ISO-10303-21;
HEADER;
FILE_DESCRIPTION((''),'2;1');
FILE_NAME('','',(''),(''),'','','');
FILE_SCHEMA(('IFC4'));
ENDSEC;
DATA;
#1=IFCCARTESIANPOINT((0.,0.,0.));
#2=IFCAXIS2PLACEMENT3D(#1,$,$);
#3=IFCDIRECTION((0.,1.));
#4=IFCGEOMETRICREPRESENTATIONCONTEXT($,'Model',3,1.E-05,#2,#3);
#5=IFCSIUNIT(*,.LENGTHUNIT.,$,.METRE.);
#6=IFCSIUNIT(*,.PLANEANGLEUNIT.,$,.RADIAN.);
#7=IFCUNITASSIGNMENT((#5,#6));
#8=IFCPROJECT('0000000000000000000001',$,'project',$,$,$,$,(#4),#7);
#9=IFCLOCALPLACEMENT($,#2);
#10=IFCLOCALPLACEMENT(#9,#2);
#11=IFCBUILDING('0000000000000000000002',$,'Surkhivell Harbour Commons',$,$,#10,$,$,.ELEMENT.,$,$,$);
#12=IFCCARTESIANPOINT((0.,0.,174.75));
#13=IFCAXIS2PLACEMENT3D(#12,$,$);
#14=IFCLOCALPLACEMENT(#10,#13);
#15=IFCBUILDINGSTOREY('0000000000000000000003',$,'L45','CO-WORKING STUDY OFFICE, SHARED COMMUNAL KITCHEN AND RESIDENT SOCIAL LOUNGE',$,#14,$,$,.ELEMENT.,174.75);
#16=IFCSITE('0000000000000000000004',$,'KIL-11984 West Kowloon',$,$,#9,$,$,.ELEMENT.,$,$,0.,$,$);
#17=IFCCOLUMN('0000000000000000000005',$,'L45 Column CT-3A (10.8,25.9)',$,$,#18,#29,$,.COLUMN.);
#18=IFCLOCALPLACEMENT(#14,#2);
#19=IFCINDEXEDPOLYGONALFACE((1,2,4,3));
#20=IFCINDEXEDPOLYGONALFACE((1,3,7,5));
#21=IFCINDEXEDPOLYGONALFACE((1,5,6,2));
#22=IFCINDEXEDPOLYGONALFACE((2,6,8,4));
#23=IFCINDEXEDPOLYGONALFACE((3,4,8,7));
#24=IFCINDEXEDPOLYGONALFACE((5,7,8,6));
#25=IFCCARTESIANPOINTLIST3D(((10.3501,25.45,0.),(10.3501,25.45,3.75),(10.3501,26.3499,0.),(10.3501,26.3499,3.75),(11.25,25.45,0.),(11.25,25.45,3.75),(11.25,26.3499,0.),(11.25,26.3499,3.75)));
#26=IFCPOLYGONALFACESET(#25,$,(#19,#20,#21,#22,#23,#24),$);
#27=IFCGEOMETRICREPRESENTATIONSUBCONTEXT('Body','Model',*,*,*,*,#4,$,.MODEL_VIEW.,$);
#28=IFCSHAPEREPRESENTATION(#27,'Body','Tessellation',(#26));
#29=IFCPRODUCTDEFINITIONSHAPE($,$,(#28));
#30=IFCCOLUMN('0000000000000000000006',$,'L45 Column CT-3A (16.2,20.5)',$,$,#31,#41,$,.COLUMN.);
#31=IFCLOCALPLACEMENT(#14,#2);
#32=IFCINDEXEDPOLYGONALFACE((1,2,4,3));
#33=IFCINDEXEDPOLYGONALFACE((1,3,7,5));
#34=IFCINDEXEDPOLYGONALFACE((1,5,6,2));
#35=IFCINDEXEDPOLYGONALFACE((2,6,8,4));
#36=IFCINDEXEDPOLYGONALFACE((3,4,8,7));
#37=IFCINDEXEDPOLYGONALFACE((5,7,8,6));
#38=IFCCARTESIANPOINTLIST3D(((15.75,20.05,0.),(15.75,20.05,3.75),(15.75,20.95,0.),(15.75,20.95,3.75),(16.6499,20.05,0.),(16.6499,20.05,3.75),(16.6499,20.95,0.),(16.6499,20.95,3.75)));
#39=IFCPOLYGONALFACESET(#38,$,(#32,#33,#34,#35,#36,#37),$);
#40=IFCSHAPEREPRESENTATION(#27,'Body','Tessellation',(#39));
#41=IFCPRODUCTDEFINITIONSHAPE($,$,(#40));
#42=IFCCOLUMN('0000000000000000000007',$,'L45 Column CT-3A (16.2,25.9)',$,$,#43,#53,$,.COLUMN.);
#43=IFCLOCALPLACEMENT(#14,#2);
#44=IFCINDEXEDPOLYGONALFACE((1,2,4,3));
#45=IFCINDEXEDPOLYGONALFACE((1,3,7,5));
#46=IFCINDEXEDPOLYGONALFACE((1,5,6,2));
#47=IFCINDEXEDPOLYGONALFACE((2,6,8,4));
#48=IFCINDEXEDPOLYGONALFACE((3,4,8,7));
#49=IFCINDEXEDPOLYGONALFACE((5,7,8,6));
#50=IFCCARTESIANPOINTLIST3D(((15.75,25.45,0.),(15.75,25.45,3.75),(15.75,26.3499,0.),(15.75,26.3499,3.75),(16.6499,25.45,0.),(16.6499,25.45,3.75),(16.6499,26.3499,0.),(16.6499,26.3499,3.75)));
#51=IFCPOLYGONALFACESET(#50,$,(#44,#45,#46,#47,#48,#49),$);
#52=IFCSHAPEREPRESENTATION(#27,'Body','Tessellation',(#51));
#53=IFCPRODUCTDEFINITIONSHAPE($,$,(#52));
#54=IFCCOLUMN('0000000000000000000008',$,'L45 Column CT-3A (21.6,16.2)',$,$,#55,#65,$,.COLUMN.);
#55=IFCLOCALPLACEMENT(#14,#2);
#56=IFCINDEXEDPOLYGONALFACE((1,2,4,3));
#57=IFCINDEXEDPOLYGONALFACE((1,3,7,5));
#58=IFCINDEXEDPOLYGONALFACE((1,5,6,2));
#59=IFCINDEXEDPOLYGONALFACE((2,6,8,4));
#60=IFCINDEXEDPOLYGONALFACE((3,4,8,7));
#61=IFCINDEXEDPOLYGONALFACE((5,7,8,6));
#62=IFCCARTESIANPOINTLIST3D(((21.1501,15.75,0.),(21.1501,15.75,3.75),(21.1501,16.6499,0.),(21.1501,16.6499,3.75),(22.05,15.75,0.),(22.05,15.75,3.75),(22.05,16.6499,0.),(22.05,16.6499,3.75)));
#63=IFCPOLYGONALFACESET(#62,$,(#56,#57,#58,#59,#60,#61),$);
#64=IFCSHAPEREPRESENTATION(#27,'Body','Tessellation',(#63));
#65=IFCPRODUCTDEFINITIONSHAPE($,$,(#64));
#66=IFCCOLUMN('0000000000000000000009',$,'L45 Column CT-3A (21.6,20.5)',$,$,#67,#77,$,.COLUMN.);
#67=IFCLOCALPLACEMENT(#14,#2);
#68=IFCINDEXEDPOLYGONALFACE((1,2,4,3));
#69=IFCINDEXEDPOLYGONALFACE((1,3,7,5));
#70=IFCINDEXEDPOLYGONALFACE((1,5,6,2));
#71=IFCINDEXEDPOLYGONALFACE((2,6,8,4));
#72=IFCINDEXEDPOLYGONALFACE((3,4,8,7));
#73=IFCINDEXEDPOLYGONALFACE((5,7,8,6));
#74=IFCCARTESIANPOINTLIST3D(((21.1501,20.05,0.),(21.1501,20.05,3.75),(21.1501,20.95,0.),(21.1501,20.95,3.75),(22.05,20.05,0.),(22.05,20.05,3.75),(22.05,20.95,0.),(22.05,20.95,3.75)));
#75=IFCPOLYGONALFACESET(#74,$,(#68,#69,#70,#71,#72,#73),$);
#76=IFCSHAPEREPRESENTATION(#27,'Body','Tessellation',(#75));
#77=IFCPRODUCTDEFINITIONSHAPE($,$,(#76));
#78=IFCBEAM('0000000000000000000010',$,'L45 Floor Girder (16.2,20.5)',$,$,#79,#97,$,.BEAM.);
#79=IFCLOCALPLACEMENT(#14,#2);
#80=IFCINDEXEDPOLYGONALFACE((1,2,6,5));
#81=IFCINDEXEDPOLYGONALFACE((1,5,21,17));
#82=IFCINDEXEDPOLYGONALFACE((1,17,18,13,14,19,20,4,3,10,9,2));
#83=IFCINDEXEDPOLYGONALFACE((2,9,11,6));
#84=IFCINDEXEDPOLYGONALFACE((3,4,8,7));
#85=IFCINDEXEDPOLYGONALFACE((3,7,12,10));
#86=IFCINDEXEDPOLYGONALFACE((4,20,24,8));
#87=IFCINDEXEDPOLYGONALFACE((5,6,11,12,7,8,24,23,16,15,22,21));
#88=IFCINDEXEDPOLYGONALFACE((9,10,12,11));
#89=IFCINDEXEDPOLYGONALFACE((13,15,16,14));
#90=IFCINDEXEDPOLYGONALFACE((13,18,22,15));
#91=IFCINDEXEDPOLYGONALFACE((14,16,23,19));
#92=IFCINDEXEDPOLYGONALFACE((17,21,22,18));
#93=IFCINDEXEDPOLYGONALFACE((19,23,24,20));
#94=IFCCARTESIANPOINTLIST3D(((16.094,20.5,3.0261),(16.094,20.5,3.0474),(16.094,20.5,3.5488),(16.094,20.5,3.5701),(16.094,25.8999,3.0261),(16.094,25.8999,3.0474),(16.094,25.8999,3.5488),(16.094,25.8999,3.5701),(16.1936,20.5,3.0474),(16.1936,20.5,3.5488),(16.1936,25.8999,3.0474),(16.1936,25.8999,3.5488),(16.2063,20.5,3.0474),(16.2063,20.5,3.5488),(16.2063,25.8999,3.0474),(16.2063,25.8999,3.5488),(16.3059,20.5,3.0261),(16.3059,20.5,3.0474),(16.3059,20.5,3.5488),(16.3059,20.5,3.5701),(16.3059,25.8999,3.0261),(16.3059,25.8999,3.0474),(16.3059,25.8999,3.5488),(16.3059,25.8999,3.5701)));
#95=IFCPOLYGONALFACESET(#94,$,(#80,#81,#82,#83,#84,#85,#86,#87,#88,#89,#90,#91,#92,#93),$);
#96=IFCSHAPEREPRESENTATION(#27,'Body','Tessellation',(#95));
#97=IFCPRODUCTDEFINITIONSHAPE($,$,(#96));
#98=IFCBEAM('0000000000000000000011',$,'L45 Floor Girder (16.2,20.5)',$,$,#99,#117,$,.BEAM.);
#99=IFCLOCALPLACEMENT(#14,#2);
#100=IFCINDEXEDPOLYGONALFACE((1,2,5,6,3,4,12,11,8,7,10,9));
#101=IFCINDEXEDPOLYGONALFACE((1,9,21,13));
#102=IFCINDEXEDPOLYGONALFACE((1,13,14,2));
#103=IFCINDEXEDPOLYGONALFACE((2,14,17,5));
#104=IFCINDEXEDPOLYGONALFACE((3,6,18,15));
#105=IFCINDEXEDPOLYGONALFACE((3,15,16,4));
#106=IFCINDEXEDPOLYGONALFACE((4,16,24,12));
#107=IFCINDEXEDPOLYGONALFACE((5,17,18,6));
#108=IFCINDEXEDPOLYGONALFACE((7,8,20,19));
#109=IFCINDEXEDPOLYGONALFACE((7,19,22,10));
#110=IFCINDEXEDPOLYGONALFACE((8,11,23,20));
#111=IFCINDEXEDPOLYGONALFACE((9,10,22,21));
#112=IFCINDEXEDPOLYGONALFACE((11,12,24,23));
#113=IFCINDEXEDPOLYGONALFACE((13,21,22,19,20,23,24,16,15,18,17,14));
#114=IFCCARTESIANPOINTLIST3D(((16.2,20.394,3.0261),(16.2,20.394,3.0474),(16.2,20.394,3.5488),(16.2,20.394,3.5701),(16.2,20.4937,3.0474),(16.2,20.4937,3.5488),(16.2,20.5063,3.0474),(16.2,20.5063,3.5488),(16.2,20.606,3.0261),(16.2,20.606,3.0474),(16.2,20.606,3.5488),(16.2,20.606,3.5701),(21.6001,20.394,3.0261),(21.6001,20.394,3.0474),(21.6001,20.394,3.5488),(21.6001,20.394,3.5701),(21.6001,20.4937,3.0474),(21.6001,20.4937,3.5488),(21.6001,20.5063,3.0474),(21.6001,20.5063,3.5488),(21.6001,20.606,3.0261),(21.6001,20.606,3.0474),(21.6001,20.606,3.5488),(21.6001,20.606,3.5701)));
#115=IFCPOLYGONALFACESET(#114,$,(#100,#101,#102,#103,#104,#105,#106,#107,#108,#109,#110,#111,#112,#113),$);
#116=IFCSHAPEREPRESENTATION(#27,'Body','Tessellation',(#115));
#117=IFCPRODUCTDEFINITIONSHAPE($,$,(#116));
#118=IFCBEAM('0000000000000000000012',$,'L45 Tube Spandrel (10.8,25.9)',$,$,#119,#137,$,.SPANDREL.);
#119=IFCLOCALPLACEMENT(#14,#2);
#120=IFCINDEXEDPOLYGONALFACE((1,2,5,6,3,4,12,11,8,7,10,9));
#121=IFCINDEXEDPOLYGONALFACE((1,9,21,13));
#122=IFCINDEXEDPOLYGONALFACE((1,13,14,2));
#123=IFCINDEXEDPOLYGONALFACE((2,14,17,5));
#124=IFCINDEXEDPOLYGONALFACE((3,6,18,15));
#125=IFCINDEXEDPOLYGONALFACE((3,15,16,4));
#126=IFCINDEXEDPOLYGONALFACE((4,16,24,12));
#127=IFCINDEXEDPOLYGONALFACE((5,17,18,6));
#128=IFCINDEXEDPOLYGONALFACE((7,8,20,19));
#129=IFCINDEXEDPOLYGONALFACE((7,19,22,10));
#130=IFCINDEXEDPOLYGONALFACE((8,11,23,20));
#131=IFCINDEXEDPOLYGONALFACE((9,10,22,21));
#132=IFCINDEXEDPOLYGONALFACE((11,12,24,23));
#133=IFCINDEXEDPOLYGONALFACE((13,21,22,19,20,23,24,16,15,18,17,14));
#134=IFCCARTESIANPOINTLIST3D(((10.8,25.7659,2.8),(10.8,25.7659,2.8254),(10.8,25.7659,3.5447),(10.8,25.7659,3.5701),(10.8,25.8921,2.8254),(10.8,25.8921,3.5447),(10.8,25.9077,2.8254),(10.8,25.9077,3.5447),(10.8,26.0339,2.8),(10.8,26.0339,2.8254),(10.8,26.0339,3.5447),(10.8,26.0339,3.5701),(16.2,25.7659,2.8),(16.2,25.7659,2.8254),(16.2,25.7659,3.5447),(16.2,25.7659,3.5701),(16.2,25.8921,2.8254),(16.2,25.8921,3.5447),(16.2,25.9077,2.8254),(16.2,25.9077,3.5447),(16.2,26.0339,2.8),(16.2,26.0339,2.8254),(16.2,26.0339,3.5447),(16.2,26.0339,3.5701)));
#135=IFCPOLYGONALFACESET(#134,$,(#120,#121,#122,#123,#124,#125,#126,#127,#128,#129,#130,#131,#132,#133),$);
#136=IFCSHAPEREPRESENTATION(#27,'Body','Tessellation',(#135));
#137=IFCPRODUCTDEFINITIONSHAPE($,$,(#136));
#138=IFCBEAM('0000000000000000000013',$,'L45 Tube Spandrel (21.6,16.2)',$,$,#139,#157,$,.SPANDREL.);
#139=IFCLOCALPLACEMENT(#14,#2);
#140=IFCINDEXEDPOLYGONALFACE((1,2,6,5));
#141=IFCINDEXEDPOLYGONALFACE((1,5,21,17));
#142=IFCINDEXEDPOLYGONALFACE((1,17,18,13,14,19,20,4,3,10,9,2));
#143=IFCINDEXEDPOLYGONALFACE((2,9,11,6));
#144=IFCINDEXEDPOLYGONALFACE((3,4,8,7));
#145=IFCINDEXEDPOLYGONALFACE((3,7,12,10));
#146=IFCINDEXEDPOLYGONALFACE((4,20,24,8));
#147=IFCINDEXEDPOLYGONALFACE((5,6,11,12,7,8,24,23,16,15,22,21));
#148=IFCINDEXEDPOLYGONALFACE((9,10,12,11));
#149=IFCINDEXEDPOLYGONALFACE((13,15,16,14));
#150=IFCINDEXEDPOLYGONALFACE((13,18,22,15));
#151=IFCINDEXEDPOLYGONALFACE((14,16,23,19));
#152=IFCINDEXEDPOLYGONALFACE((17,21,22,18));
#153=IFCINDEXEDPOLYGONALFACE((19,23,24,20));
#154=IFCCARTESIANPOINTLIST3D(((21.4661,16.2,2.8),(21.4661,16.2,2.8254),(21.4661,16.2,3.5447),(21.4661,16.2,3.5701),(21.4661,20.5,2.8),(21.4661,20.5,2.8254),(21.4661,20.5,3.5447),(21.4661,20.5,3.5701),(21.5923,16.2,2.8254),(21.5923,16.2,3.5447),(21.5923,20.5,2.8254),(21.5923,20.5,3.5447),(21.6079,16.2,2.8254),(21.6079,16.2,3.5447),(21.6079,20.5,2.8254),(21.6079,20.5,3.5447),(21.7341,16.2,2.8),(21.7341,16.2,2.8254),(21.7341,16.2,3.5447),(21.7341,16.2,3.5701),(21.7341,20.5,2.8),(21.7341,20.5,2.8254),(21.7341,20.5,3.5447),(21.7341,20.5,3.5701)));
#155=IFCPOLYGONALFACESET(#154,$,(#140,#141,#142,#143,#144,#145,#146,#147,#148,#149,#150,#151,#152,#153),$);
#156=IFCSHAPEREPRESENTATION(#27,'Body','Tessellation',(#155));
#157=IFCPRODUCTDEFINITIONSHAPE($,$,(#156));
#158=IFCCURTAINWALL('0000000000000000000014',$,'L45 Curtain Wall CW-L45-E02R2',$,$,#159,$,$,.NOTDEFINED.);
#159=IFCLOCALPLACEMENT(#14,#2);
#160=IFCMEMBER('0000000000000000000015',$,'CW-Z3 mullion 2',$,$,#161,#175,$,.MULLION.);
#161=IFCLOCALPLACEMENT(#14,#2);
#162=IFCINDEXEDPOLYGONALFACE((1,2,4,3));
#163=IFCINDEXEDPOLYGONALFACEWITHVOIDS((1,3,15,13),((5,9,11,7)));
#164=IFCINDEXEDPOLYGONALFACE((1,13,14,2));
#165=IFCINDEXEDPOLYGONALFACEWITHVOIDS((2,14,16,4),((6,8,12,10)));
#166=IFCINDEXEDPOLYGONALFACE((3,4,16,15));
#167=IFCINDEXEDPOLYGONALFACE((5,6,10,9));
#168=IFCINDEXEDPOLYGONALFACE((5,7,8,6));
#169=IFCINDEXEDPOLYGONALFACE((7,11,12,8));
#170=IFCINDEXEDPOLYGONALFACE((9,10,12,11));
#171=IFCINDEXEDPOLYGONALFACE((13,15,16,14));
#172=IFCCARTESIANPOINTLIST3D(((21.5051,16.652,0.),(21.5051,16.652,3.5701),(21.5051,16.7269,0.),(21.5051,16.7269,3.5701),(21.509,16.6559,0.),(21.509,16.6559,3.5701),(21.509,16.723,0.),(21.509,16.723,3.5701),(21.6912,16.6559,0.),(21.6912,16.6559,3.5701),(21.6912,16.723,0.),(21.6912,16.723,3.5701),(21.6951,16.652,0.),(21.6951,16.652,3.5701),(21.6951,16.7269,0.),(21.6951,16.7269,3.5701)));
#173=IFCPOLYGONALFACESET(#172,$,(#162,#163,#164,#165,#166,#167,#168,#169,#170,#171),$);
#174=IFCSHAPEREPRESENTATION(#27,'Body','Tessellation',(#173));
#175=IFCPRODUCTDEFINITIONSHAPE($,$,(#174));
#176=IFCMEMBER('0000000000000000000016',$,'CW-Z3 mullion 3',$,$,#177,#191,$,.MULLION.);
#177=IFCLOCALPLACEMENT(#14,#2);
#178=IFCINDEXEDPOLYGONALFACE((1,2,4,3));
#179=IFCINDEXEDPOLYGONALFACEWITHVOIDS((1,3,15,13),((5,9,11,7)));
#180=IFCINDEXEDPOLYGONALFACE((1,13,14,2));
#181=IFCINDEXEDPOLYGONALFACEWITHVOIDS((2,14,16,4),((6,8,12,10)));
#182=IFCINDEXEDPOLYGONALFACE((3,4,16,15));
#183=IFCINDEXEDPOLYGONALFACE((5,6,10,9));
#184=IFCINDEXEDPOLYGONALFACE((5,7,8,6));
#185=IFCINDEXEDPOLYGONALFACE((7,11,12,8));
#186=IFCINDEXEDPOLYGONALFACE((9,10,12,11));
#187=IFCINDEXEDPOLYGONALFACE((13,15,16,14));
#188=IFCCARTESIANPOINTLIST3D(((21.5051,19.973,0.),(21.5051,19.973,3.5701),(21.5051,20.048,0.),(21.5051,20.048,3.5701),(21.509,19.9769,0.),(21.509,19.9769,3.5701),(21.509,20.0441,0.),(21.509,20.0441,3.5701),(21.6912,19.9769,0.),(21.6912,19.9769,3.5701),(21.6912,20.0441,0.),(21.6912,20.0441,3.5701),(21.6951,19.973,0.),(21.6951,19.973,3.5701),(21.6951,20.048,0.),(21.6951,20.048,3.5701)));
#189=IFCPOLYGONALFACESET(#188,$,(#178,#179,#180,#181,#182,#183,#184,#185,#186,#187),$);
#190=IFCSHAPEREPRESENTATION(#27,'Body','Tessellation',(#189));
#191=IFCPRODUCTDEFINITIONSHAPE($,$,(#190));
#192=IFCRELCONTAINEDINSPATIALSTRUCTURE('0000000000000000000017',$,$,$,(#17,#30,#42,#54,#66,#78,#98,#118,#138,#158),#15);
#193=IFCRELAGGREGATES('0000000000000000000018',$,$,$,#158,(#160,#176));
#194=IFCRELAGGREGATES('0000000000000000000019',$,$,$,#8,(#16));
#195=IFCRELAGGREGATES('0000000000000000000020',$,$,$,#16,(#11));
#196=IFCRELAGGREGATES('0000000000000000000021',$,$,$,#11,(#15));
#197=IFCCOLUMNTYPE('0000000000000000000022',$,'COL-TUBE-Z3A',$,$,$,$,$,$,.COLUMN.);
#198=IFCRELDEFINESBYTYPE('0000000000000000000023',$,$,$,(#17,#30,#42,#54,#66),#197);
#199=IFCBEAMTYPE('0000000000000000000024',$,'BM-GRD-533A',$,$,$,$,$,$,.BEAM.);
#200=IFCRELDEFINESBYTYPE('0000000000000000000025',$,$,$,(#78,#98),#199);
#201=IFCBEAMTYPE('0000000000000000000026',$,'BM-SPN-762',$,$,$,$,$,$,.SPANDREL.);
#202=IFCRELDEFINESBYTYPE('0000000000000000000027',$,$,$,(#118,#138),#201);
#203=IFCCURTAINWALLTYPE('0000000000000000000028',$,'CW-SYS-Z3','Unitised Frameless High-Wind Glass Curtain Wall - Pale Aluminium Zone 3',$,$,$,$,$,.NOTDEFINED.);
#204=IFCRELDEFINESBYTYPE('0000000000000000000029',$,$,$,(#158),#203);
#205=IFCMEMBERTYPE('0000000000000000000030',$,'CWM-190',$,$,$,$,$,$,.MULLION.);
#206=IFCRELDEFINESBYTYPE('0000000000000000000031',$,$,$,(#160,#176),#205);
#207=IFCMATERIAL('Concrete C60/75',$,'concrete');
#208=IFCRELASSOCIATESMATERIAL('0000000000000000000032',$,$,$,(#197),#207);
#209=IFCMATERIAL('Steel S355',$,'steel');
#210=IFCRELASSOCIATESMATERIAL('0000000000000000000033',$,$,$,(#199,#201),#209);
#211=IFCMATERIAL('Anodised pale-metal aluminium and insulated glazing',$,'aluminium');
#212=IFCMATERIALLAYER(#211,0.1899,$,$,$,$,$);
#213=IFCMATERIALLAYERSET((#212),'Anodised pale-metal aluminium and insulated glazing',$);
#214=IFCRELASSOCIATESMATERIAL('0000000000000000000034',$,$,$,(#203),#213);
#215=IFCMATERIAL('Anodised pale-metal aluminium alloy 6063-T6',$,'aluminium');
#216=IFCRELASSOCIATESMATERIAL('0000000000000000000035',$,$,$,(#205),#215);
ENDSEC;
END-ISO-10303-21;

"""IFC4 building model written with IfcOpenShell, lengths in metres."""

from ifc_helpers import new_model, si_unit, direction, frame, origin, origin_2d, place, context, subcontext, project, spatial, rectangle, hollow_rectangle, i_section, extrude, material, layer, layer_set, material_profile, profile_set, type_object, element, aggregate, save


model = new_model("IFC4")

# Units and contexts
model_context = context("Model", 3, precision=1e-05, world=origin(), true_north=direction((0.0, 1.0)))
body_context = subcontext(model_context, "Body", "Model", "MODEL_VIEW")
ifc_project = project(units=[si_unit("LENGTHUNIT", "METRE"), si_unit("PLANEANGLEUNIT", "RADIAN")], contexts=[model_context])

# Site, building, storey
site_placement = place(None, origin())
site = spatial("IfcSite", under=ifc_project, at=site_placement, Name="KIL-11984 West Kowloon", CompositionType="ELEMENT", RefElevation=0.0)
building_placement = place(site_placement, origin())
building = spatial("IfcBuilding", under=site, at=building_placement, Name="Surkhivell Harbour Commons", CompositionType="ELEMENT")
storey_placement = place(building_placement, frame((0.0, 0.0, 174.75)))
storey = spatial("IfcBuildingStorey", under=building, at=storey_placement, Name="L45", Description="CO-WORKING STUDY OFFICE, SHARED COMMUNAL KITCHEN AND RESIDENT SOCIAL LOUNGE", CompositionType="ELEMENT", Elevation=174.75)

# Columns
ifc_material_1 = material(Name="Concrete C60/75", Category="concrete")
ifc_material_profile_1 = material_profile(ifc_material_1, rectangle(XDim=0.8999, YDim=0.8999, at=origin_2d()), Name="RC-COL-900x900")
ifc_profile_set_1 = profile_set([ifc_material_profile_1], Name="Concrete C60/75")
column_type = type_object("IfcColumnType", Name="COL-TUBE-Z3A", PredefinedType="COLUMN", material=ifc_profile_set_1)
for number, where, z_axis, x_axis, name in (
    (1, (10.8, 25.8999, 0.0), (0.0, 0.0, 1.0), (1.0, 0.0, 0.0), "L45 Column CT-3A (10.8,25.9)"),
    (2, (16.2, 20.5, 0.0), (0.0, 0.0, 1.0), (1.0, 0.0, 0.0), "L45 Column CT-3A (16.2,20.5)"),
    (3, (16.2, 25.8999, 0.0), (0.0, 0.0, 1.0), (1.0, 0.0, 0.0), "L45 Column CT-3A (16.2,25.9)"),
    (4, (21.6001, 16.2, 0.0), (0.0, 0.0, 1.0), (1.0, 0.0, 0.0), "L45 Column CT-3A (21.6,16.2)"),
    (5, (21.6001, 20.5, 0.0), (0.0, 0.0, 1.0), (1.0, 0.0, 0.0), "L45 Column CT-3A (21.6,20.5)"),
):
    element("IfcColumn", number, at=place(storey_placement, frame(where, z_axis=z_axis, x_axis=x_axis)), inside=storey, type_object=column_type, Name=name, PredefinedType="COLUMN", context=body_context, shape_type="SweptSolid", body=[
        extrude(rectangle(XDim=0.8999, YDim=0.8999, at=origin_2d()), origin(), (0.0, 0.0, 1.0), 3.75),
    ])

# Beams
ifc_material_2 = material(Name="Steel S355", Category="steel")
ifc_material_profile_2 = material_profile(ifc_material_2, i_section(OverallWidth=0.2119, OverallDepth=0.5439, WebThickness=0.0127, FlangeThickness=0.0212, at=origin_2d()), Name="UB533x210x122")
ifc_profile_set_2 = profile_set([ifc_material_profile_2], Name="Steel S355")
beam_type_1 = type_object("IfcBeamType", Name="BM-GRD-533A", PredefinedType="BEAM", material=ifc_profile_set_2)
beam_1_placement = place(storey_placement, frame((16.2, 20.5, 3.2981), z_axis=(0.0, 1.0, 0.0), x_axis=(-1.0, 0.0, 0.0)))
element("IfcBeam", 6, at=beam_1_placement, inside=storey, type_object=beam_type_1, Name="L45 Floor Girder (16.2,20.5)", PredefinedType="BEAM", context=body_context, shape_type="SweptSolid", body=[
    extrude(i_section(OverallWidth=0.2119, OverallDepth=0.5439, WebThickness=0.0127, FlangeThickness=0.0212, at=origin_2d()), origin(), (0.0, 0.0, 1.0), 5.3999),
])
beam_2_placement = place(storey_placement, frame((16.2, 20.5, 3.2981), z_axis=(1.0, 0.0, 0.0), x_axis=(0.0, 1.0, 0.0)))
element("IfcBeam", 7, at=beam_2_placement, inside=storey, type_object=beam_type_1, Name="L45 Floor Girder (16.2,20.5)", PredefinedType="BEAM", context=body_context, shape_type="SweptSolid", body=[
    extrude(i_section(OverallWidth=0.2119, OverallDepth=0.5439, WebThickness=0.0127, FlangeThickness=0.0212, at=origin_2d()), origin(), (0.0, 0.0, 1.0), 5.4001),
])
ifc_material_profile_3 = material_profile(ifc_material_2, i_section(OverallWidth=0.2681, OverallDepth=0.77, WebThickness=0.0156, FlangeThickness=0.0254, at=origin_2d()), Name="UB762x267x197")
ifc_profile_set_3 = profile_set([ifc_material_profile_3], Name="Steel S355")
beam_type_2 = type_object("IfcBeamType", Name="BM-SPN-762", PredefinedType="SPANDREL", material=ifc_profile_set_3)
beam_3_placement = place(storey_placement, frame((10.8, 25.8999, 3.1851), z_axis=(1.0, 0.0, 0.0), x_axis=(0.0, 1.0, 0.0)))
element("IfcBeam", 8, at=beam_3_placement, inside=storey, type_object=beam_type_2, Name="L45 Tube Spandrel (10.8,25.9)", PredefinedType="SPANDREL", context=body_context, shape_type="SweptSolid", body=[
    extrude(i_section(OverallWidth=0.2681, OverallDepth=0.77, WebThickness=0.0156, FlangeThickness=0.0254, at=origin_2d()), origin(), (0.0, 0.0, 1.0), 5.3999),
])
beam_4_placement = place(storey_placement, frame((21.6001, 16.2, 3.1851), z_axis=(0.0, 1.0, 0.0), x_axis=(-1.0, 0.0, 0.0)))
element("IfcBeam", 9, at=beam_4_placement, inside=storey, type_object=beam_type_2, Name="L45 Tube Spandrel (21.6,16.2)", PredefinedType="SPANDREL", context=body_context, shape_type="SweptSolid", body=[
    extrude(i_section(OverallWidth=0.2681, OverallDepth=0.77, WebThickness=0.0156, FlangeThickness=0.0254, at=origin_2d()), origin(), (0.0, 0.0, 1.0), 4.3),
])

# Curtain wall, members
ifc_material_3 = material(Name="Anodised pale-metal aluminium and insulated glazing", Category="aluminium")
ifc_layer_1 = layer(ifc_material_3, 0.1899)
ifc_layer_set_1 = layer_set([ifc_layer_1], Name="Anodised pale-metal aluminium and insulated glazing")
curtain_wall_type = type_object("IfcCurtainWallType", Name="CW-SYS-Z3", Description="Unitised Frameless High-Wind Glass Curtain Wall - Pale Aluminium Zone 3", PredefinedType="NOTDEFINED", material=ifc_layer_set_1)
curtain_wall_1_placement = place(storey_placement, origin())
curtain_wall_1 = element("IfcCurtainWall", 10, at=curtain_wall_1_placement, inside=storey, type_object=curtain_wall_type, Name="L45 Curtain Wall CW-L45-E02R2", PredefinedType="NOTDEFINED")
ifc_material_4 = material(Name="Anodised pale-metal aluminium alloy 6063-T6", Category="aluminium")
ifc_material_profile_4 = material_profile(ifc_material_4, hollow_rectangle(XDim=0.075, YDim=0.1899, WallThickness=0.0039, at=origin_2d()), Name="ALU-MULL-75x190")
ifc_profile_set_4 = profile_set([ifc_material_profile_4], Name="Anodised pale-metal aluminium alloy 6063-T6")
member_type_1 = type_object("IfcMemberType", Name="CWM-190", PredefinedType="MULLION", material=ifc_profile_set_4)
member_1_placement = place(storey_placement, frame((21.6001, 16.6895, 0.0), z_axis=(0.0, 0.0, 1.0), x_axis=(0.0, 1.0, 0.0)))
member_1 = element("IfcMember", 11, at=member_1_placement, type_object=member_type_1, Name="CW-Z3 mullion 2", PredefinedType="MULLION", context=body_context, shape_type="SweptSolid", body=[
    extrude(hollow_rectangle(XDim=0.075, YDim=0.1899, WallThickness=0.0039, at=origin_2d()), origin(), (0.0, 0.0, 1.0), 3.5701),
])
member_2_placement = place(storey_placement, frame((21.6001, 20.0105, 0.0), z_axis=(0.0, 0.0, 1.0), x_axis=(0.0, 1.0, 0.0)))
member_2 = element("IfcMember", 12, at=member_2_placement, type_object=member_type_1, Name="CW-Z3 mullion 3", PredefinedType="MULLION", context=body_context, shape_type="SweptSolid", body=[
    extrude(hollow_rectangle(XDim=0.075, YDim=0.1899, WallThickness=0.0039, at=origin_2d()), origin(), (0.0, 0.0, 1.0), 3.5701),
])

aggregate(curtain_wall_1, [member_1, member_2])

save(model, "model.ifc")
